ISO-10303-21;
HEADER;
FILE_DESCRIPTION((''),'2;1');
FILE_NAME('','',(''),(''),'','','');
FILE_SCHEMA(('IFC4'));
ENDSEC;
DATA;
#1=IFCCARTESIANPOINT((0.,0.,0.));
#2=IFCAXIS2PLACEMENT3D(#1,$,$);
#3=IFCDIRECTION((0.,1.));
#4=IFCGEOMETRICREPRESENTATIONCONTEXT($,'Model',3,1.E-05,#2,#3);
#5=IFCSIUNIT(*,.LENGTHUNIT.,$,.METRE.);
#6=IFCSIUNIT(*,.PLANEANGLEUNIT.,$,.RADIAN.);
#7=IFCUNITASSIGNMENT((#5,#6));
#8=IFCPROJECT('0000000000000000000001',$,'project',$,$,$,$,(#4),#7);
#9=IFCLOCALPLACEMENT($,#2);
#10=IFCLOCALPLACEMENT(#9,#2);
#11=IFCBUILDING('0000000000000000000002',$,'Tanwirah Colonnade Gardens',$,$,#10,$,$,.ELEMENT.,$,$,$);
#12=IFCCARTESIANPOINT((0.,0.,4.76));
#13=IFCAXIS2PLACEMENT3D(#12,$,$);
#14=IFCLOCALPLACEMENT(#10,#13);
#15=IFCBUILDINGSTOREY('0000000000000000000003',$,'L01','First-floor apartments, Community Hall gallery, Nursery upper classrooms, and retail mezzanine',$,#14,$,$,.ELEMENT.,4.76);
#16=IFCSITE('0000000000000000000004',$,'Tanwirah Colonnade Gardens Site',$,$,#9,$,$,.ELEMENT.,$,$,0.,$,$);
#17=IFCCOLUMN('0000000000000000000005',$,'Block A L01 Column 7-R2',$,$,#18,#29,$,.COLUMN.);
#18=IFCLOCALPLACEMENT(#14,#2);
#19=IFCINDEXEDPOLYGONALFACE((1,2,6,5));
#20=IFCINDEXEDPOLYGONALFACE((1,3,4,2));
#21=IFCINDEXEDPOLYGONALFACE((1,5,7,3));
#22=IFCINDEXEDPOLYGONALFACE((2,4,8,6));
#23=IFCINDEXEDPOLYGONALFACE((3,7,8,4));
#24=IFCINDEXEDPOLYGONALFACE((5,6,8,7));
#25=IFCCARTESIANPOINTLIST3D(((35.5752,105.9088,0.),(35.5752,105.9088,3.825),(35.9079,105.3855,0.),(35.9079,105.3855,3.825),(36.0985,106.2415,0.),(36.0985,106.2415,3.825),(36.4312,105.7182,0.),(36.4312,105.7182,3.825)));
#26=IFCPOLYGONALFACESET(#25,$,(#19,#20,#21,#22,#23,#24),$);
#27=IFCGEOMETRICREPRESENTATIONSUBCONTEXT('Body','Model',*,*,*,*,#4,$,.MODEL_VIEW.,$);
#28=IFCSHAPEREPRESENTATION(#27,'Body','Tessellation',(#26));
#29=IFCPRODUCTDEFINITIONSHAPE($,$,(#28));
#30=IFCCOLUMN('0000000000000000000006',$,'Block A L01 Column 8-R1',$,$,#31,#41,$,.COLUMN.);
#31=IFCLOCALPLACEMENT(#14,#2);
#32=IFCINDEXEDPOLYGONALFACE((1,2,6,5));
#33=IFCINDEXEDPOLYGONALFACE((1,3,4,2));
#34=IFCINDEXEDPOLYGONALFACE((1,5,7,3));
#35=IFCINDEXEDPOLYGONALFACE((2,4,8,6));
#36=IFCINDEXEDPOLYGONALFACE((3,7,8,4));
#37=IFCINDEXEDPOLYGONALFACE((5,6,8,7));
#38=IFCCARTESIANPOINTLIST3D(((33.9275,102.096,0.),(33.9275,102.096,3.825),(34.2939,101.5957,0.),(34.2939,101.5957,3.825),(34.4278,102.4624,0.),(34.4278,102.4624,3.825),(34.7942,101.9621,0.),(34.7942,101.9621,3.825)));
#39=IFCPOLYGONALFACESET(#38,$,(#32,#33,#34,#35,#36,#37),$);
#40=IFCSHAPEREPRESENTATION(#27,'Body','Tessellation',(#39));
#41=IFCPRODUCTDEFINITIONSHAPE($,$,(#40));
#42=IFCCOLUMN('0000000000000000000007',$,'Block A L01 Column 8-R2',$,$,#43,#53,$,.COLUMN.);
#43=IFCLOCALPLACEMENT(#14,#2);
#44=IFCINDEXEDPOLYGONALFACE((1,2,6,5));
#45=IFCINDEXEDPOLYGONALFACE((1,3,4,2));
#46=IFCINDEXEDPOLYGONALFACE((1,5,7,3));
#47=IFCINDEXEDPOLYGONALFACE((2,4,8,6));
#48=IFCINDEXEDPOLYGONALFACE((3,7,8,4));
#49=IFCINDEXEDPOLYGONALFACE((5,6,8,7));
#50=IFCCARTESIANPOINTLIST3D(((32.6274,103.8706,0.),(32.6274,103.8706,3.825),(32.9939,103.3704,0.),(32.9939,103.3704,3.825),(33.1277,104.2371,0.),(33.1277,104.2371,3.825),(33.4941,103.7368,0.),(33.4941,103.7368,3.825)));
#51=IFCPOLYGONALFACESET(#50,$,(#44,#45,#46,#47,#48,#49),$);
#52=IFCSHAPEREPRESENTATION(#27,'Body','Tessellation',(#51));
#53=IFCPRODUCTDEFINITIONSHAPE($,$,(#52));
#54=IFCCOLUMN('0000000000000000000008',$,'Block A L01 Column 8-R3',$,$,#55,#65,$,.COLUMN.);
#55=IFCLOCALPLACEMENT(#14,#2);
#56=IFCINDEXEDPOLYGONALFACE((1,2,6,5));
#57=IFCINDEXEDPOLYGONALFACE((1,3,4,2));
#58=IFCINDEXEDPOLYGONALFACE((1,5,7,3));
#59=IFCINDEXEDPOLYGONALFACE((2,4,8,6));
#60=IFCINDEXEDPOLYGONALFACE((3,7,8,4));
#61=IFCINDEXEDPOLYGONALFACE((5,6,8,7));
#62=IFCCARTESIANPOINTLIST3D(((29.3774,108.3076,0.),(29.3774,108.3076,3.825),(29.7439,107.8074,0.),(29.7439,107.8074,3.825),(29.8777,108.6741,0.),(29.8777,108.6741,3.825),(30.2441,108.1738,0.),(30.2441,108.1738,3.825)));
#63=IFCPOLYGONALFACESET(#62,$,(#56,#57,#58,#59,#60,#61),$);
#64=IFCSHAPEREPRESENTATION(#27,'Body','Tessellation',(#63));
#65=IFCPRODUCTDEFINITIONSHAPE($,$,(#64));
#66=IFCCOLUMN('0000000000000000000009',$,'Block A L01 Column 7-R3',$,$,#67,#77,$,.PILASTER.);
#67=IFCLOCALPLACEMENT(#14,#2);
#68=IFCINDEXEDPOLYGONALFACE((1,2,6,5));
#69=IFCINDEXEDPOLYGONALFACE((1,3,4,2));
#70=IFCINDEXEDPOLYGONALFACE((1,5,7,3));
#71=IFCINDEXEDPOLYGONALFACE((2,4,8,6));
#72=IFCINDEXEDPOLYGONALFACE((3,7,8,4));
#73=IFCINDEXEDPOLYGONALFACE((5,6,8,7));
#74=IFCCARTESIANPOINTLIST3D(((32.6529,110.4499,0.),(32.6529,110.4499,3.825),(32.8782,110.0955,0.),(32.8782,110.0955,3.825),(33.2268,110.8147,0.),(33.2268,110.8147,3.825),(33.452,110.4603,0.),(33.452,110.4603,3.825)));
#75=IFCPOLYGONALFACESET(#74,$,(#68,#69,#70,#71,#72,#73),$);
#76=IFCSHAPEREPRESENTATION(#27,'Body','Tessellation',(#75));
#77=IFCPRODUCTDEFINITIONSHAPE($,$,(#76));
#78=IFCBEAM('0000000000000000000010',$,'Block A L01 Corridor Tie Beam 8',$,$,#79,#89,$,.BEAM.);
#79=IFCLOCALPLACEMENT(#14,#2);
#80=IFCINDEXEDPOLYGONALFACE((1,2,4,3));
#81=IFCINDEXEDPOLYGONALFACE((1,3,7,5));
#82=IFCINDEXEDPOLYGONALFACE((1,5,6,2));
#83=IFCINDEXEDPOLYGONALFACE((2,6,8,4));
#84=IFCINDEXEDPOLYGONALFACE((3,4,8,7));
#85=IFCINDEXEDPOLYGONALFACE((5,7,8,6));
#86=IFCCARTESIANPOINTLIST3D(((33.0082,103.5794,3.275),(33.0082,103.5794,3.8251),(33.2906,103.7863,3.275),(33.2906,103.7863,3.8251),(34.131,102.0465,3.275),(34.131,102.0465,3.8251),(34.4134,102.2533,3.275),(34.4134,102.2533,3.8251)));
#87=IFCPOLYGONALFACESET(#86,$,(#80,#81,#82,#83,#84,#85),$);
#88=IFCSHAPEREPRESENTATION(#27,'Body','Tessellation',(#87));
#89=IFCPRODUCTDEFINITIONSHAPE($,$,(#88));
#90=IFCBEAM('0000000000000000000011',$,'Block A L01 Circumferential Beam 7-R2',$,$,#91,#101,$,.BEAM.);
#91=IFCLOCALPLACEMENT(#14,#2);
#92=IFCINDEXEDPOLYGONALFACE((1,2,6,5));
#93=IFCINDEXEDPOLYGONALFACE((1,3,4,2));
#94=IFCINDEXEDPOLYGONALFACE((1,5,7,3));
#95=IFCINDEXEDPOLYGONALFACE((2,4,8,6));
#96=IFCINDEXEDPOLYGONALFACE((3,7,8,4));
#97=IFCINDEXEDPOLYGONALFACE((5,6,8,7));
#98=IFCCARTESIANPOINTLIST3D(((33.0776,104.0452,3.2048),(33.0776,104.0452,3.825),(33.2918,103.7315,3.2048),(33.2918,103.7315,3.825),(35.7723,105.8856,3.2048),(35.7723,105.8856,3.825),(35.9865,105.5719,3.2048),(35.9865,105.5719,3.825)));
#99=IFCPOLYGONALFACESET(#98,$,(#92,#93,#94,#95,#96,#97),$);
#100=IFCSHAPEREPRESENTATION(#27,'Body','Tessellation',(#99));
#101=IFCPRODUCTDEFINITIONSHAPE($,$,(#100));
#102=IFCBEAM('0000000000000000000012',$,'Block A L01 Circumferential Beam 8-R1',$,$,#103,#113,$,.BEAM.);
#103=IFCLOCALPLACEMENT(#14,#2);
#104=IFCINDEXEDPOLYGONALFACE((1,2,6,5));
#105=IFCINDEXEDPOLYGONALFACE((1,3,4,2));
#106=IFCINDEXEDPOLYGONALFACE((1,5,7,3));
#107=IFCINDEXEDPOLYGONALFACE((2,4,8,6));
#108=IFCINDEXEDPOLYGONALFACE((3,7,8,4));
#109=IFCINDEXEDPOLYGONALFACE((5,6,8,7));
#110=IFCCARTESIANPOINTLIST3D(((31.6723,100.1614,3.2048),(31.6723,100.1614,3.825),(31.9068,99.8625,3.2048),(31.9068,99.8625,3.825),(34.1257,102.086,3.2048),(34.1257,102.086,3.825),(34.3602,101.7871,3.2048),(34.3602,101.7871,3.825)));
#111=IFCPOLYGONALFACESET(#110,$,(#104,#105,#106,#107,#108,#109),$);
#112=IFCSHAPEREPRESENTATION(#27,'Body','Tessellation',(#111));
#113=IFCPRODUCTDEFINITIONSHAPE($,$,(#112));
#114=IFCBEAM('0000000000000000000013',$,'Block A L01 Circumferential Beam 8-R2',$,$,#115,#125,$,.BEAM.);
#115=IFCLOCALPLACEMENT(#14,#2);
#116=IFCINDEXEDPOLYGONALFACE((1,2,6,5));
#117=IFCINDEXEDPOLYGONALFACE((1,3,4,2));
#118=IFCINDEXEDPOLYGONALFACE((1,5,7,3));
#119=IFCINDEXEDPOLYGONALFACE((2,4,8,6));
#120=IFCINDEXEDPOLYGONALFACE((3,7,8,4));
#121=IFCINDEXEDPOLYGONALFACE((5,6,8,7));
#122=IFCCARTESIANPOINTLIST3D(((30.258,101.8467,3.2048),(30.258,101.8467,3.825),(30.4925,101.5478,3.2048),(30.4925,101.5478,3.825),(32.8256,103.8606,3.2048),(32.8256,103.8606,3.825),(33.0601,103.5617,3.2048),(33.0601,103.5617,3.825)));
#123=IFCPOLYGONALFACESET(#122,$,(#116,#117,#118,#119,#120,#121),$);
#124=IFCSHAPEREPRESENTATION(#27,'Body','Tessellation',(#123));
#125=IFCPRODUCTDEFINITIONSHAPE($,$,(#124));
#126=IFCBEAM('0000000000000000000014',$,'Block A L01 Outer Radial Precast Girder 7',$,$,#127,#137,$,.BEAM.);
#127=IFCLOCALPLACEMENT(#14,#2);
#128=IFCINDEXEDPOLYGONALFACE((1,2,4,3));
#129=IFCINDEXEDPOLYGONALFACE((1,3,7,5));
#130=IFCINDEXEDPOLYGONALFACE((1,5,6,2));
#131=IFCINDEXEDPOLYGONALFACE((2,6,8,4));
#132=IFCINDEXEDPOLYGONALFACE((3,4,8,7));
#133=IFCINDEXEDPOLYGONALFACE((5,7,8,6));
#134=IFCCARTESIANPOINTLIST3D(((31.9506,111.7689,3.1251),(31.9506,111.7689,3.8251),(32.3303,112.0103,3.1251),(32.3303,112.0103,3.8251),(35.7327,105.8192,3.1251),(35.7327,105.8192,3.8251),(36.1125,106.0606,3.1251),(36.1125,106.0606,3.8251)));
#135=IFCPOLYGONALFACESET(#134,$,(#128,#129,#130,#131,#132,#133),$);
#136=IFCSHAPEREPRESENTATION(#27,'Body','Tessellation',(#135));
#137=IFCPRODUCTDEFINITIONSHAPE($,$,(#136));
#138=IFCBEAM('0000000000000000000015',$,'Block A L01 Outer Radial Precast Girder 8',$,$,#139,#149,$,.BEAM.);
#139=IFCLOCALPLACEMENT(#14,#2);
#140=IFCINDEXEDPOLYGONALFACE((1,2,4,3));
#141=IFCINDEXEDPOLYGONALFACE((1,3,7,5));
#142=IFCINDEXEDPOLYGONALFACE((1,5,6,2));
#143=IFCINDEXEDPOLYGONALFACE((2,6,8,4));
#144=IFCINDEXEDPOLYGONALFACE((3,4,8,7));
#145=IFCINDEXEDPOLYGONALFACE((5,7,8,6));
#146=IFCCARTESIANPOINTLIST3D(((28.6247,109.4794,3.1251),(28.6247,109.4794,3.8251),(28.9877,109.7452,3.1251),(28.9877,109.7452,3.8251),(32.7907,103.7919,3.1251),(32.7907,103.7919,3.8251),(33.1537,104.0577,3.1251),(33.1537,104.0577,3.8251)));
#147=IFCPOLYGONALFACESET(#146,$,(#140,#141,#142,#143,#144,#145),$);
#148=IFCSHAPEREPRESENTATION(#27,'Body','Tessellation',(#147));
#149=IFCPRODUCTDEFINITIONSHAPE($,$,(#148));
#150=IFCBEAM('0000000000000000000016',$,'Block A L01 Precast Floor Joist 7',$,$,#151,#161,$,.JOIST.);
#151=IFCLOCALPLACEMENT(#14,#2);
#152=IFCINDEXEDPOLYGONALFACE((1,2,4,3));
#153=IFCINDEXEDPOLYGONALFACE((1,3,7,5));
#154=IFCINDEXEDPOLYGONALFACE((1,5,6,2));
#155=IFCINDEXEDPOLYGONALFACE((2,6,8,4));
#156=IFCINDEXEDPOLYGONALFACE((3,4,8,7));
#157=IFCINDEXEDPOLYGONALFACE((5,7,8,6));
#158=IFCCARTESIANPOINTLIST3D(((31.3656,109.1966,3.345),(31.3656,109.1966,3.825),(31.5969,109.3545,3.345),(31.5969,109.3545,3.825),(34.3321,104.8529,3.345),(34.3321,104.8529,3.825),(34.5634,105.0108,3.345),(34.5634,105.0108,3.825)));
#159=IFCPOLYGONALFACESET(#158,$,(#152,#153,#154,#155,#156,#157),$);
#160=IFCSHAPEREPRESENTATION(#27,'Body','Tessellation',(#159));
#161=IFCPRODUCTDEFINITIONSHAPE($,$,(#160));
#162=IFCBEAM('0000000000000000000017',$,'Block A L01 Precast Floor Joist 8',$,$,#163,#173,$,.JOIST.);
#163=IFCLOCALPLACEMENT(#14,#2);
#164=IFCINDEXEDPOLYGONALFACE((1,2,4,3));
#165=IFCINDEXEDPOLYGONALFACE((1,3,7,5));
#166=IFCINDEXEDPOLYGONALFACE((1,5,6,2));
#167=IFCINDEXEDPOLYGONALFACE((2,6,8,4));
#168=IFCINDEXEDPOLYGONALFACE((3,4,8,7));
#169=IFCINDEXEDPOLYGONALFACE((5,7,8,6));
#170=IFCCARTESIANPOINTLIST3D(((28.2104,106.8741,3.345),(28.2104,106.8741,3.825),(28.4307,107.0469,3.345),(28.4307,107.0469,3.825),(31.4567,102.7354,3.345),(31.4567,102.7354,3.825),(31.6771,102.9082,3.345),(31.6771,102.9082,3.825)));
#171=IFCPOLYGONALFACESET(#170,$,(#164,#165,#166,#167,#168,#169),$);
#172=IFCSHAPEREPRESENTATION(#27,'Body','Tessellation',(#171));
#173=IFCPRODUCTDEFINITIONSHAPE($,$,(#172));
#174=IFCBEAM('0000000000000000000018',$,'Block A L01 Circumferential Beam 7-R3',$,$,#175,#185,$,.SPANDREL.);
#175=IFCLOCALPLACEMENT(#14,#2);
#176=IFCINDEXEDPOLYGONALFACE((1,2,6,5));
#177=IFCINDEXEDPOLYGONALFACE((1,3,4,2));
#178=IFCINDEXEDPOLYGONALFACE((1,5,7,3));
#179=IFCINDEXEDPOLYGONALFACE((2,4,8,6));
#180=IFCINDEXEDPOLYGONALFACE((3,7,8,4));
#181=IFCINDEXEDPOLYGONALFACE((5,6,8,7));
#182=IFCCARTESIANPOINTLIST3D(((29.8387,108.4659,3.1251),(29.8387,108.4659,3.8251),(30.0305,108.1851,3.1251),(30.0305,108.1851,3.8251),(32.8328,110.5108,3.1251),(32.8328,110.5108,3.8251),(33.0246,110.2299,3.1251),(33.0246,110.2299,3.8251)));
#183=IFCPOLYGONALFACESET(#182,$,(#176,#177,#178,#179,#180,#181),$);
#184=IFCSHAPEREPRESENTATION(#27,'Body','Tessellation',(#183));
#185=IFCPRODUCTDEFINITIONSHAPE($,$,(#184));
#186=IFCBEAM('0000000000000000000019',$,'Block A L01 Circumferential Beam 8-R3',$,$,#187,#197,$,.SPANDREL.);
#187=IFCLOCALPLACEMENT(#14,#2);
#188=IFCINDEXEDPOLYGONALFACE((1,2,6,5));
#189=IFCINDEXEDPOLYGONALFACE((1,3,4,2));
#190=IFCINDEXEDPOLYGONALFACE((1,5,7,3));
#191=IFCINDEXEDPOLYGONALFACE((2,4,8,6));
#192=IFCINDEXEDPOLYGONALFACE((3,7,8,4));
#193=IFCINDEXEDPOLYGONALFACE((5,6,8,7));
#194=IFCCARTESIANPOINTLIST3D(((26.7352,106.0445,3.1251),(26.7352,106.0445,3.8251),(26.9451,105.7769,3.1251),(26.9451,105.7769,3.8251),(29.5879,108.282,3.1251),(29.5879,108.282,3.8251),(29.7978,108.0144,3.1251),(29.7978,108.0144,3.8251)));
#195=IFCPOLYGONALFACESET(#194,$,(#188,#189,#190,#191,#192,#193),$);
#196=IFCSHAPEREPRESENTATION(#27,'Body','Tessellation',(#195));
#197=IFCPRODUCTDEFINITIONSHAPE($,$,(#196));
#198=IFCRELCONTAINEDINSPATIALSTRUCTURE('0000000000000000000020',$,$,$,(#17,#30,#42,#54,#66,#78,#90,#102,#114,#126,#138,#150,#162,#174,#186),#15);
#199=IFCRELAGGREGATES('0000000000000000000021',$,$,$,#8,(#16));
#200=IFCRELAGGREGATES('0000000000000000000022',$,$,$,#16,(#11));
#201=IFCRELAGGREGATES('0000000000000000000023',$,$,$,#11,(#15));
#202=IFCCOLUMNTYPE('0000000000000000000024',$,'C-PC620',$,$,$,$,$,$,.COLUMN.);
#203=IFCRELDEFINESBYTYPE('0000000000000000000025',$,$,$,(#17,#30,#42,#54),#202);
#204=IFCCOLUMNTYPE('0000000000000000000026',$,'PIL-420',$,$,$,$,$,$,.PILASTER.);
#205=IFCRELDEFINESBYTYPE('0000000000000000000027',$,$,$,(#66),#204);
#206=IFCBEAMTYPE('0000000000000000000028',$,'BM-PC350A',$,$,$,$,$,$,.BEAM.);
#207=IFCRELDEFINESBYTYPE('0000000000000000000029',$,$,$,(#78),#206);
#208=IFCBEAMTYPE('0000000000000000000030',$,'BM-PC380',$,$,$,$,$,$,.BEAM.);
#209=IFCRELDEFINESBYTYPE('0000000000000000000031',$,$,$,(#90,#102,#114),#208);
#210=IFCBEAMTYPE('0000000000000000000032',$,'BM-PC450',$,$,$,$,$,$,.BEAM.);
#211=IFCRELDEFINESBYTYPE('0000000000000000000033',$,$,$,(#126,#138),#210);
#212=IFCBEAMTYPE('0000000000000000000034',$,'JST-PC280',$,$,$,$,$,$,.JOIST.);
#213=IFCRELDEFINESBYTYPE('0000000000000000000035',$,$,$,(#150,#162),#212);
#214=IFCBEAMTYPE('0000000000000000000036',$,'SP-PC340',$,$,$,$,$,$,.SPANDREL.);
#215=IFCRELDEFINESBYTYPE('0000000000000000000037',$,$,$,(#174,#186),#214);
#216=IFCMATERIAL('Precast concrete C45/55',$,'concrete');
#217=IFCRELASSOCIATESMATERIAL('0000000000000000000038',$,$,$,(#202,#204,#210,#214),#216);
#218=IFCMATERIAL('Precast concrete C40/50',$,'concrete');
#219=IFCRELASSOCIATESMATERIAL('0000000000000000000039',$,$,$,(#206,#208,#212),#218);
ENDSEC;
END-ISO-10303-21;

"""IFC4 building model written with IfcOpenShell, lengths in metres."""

from ifc_helpers import new_model, si_unit, direction, frame, origin, origin_2d, place, context, subcontext, project, spatial, rectangle, extrude, material, material_profile, profile_set, type_object, element, save


model = new_model("IFC4")

# Units and contexts
model_context = context("Model", 3, precision=1e-05, world=origin(), true_north=direction((0.0, 1.0)))
body_context = subcontext(model_context, "Body", "Model", "MODEL_VIEW")
ifc_project = project(units=[si_unit("LENGTHUNIT", "METRE"), si_unit("PLANEANGLEUNIT", "RADIAN")], contexts=[model_context])

# Site, building, storey
site_placement = place(None, origin())
site = spatial("IfcSite", under=ifc_project, at=site_placement, Name="Tanwirah Colonnade Gardens Site", CompositionType="ELEMENT", RefElevation=0.0)
building_placement = place(site_placement, origin())
building = spatial("IfcBuilding", under=site, at=building_placement, Name="Tanwirah Colonnade Gardens", CompositionType="ELEMENT")
storey_placement = place(building_placement, frame((0.0, 0.0, 4.76)))
storey = spatial("IfcBuildingStorey", under=building, at=storey_placement, Name="L01", Description="First-floor apartments, Community Hall gallery, Nursery upper classrooms, and retail mezzanine", CompositionType="ELEMENT", Elevation=4.76)

# Columns
ifc_material_1 = material(Name="Precast concrete C45/55", Category="concrete")
ifc_material_profile_1 = material_profile(ifc_material_1, rectangle(XDim=0.6201, YDim=0.6201, at=origin_2d()), Name="PC-COL 620x620")
ifc_profile_set_1 = profile_set([ifc_material_profile_1], Name="Precast concrete C45/55")
column_type_1 = type_object("IfcColumnType", Name="C-PC620", PredefinedType="COLUMN", material=ifc_profile_set_1)
for number, where, z_axis, x_axis, name in (
    (1, (36.0032, 105.8135, 0.0), (0.0, 0.0, 1.0), (-0.536482, 0.843912, 0.0), "Block A L01 Column 7-R2"),
    (2, (34.3608, 102.0291, 0.0), (0.0, 0.0, 1.0), (-0.590919, 0.806731, 0.0), "Block A L01 Column 8-R1"),
    (3, (33.0608, 103.8037, 0.0), (0.0, 0.0, 1.0), (-0.590919, 0.806731, 0.0), "Block A L01 Column 8-R2"),
    (4, (29.8108, 108.2407, 0.0), (0.0, 0.0, 1.0), (-0.590919, 0.806731, 0.0), "Block A L01 Column 8-R3"),
):
    element("IfcColumn", number, at=place(storey_placement, frame(where, z_axis=z_axis, x_axis=x_axis)), inside=storey, type_object=column_type_1, Name=name, PredefinedType="COLUMN", context=body_context, shape_type="SweptSolid", body=[
        extrude(rectangle(XDim=0.6201, YDim=0.6201, at=origin_2d()), origin(), (0.0, 0.0, 1.0), 3.825),
    ])
ifc_material_profile_2 = material_profile(ifc_material_1, rectangle(XDim=0.4199, YDim=0.6799, at=origin_2d()), Name="PC-PIL 420x680")
ifc_profile_set_2 = profile_set([ifc_material_profile_2], Name="Precast concrete C45/55")
column_type_2 = type_object("IfcColumnType", Name="PIL-420", PredefinedType="PILASTER", material=ifc_profile_set_2)
column_placement = place(storey_placement, frame((33.0525, 110.4551, 0.0), z_axis=(0.0, 0.0, 1.0), x_axis=(-0.536482, 0.843912, 0.0)))
element("IfcColumn", 5, at=column_placement, inside=storey, type_object=column_type_2, Name="Block A L01 Column 7-R3", PredefinedType="PILASTER", context=body_context, shape_type="SweptSolid", body=[
    extrude(rectangle(XDim=0.4199, YDim=0.6799, at=origin_2d()), origin(), (0.0, 0.0, 1.0), 3.825),
])

# Beams
ifc_material_2 = material(Name="Precast concrete C40/50", Category="concrete")
ifc_material_profile_3 = material_profile(ifc_material_2, rectangle(XDim=0.3501, YDim=0.55, at=origin_2d()), Name="PC-BM 350x550")
ifc_profile_set_3 = profile_set([ifc_material_profile_3], Name="Precast concrete C40/50")
beam_type_1 = type_object("IfcBeamType", Name="BM-PC350A", PredefinedType="BEAM", material=ifc_profile_set_3)
beam_1_placement = place(storey_placement, frame((34.2722, 102.1499, 3.55), z_axis=(-0.590896, 0.806748, 0.0), x_axis=(-0.806748, -0.590896, 0.0)))
element("IfcBeam", 6, at=beam_1_placement, inside=storey, type_object=beam_type_1, Name="Block A L01 Corridor Tie Beam 8", PredefinedType="BEAM", context=body_context, shape_type="SweptSolid", body=[
    extrude(rectangle(XDim=0.3501, YDim=0.55, at=origin_2d()), origin(), (0.0, 0.0, 1.0), 1.9001),
])
ifc_material_profile_4 = material_profile(ifc_material_2, rectangle(XDim=0.3799, YDim=0.6201, at=origin_2d()), Name="PC-BM 380x620")
ifc_profile_set_4 = profile_set([ifc_material_profile_4], Name="Precast concrete C40/50")
beam_type_2 = type_object("IfcBeamType", Name="BM-PC380", PredefinedType="BEAM", material=ifc_profile_set_4)
beam_2_placement = place(storey_placement, frame((35.8794, 105.7288, 3.5149), z_axis=(-0.825782, -0.563989, 0.0), x_axis=(0.563989, -0.825782, 0.0)))
element("IfcBeam", 7, at=beam_2_placement, inside=storey, type_object=beam_type_2, Name="Block A L01 Circumferential Beam 7-R2", PredefinedType="BEAM", context=body_context, shape_type="SweptSolid", body=[
    extrude(rectangle(XDim=0.3799, YDim=0.6201, at=origin_2d()), origin(), (0.0, 0.0, 1.0), 3.2632),
])
beam_3_placement = place(storey_placement, frame((34.2429, 101.9365, 3.5149), z_axis=(-0.786799, -0.617209, 0.0), x_axis=(0.617209, -0.786799, 0.0)))
element("IfcBeam", 8, at=beam_3_placement, inside=storey, type_object=beam_type_2, Name="Block A L01 Circumferential Beam 8-R1", PredefinedType="BEAM", context=body_context, shape_type="SweptSolid", body=[
    extrude(rectangle(XDim=0.3799, YDim=0.6201, at=origin_2d()), origin(), (0.0, 0.0, 1.0), 3.1182),
])
beam_4_placement = place(storey_placement, frame((32.9429, 103.7112, 3.5149), z_axis=(-0.78684, -0.617157, 0.0), x_axis=(0.617157, -0.78684, 0.0)))
element("IfcBeam", 9, at=beam_4_placement, inside=storey, type_object=beam_type_2, Name="Block A L01 Circumferential Beam 8-R2", PredefinedType="BEAM", context=body_context, shape_type="SweptSolid", body=[
    extrude(rectangle(XDim=0.3799, YDim=0.6201, at=origin_2d()), origin(), (0.0, 0.0, 1.0), 3.2632),
])
ifc_material_profile_5 = material_profile(ifc_material_1, rectangle(XDim=0.45, YDim=0.7, at=origin_2d()), Name="PC-BM 450x700")
ifc_profile_set_5 = profile_set([ifc_material_profile_5], Name="Precast concrete C45/55")
beam_type_3 = type_object("IfcBeamType", Name="BM-PC450", PredefinedType="BEAM", material=ifc_profile_set_5)
for number, where, z_axis, x_axis, name in (
    (10, (35.9226, 105.9399, 3.4751), (-0.536477, 0.843915, 0.0), (-0.843915, -0.536477, 0.0), "Block A L01 Outer Radial Precast Girder 7"),
    (11, (32.9722, 103.9248, 3.4751), (-0.590919, 0.806731, 0.0), (-0.806731, -0.590919, 0.0), "Block A L01 Outer Radial Precast Girder 8"),
):
    element("IfcBeam", number, at=place(storey_placement, frame(where, z_axis=z_axis, x_axis=x_axis)), inside=storey, type_object=beam_type_3, Name=name, PredefinedType="BEAM", context=body_context, shape_type="SweptSolid", body=[
        extrude(rectangle(XDim=0.45, YDim=0.7, at=origin_2d()), origin(), (0.0, 0.0, 1.0), 7.05),
    ])
ifc_material_profile_6 = material_profile(ifc_material_2, rectangle(XDim=0.28, YDim=0.48, at=origin_2d()), Name="PC-JST 280x480")
ifc_profile_set_6 = profile_set([ifc_material_profile_6], Name="Precast concrete C40/50")
beam_type_4 = type_object("IfcBeamType", Name="JST-PC280", PredefinedType="JOIST", material=ifc_profile_set_6)
for number, where, z_axis, x_axis, name in (
    (12, (34.4478, 104.9319, 3.585), (-0.563973, 0.825793, 0.0), (-0.825793, -0.563973, 0.0), "Block A L01 Precast Floor Joist 7"),
    (13, (31.5669, 102.8218, 3.585), (-0.617178, 0.786824, 0.0), (-0.786824, -0.617178, 0.0), "Block A L01 Precast Floor Joist 8"),
):
    element("IfcBeam", number, at=place(storey_placement, frame(where, z_axis=z_axis, x_axis=x_axis)), inside=storey, type_object=beam_type_4, Name=name, PredefinedType="JOIST", context=body_context, shape_type="SweptSolid", body=[
        extrude(rectangle(XDim=0.28, YDim=0.48, at=origin_2d()), origin(), (0.0, 0.0, 1.0), 5.26),
    ])
ifc_material_profile_7 = material_profile(ifc_material_1, rectangle(XDim=0.3401, YDim=0.7, at=origin_2d()), Name="PC-SP 340x700")
ifc_profile_set_7 = profile_set([ifc_material_profile_7], Name="Precast concrete C45/55")
beam_type_5 = type_object("IfcBeamType", Name="SP-PC340", PredefinedType="SPANDREL", material=ifc_profile_set_7)
beam_5_placement = place(storey_placement, frame((32.9287, 110.3704, 3.4751), z_axis=(-0.825783, -0.563989, 0.0), x_axis=(0.563989, -0.825783, 0.0)))
element("IfcBeam", 14, at=beam_5_placement, inside=storey, type_object=beam_type_5, Name="Block A L01 Circumferential Beam 7-R3", PredefinedType="SPANDREL", context=body_context, shape_type="SweptSolid", body=[
    extrude(rectangle(XDim=0.3401, YDim=0.7, at=origin_2d()), origin(), (0.0, 0.0, 1.0), 3.6257),
])
beam_6_placement = place(storey_placement, frame((29.6929, 108.1482, 3.4751), z_axis=(-0.786844, -0.617152, 0.0), x_axis=(0.617152, -0.786844, 0.0)))
element("IfcBeam", 15, at=beam_6_placement, inside=storey, type_object=beam_type_5, Name="Block A L01 Circumferential Beam 8-R3", PredefinedType="SPANDREL", context=body_context, shape_type="SweptSolid", body=[
    extrude(rectangle(XDim=0.3401, YDim=0.7, at=origin_2d()), origin(), (0.0, 0.0, 1.0), 3.6255),
])

save(model, "model.ifc")
